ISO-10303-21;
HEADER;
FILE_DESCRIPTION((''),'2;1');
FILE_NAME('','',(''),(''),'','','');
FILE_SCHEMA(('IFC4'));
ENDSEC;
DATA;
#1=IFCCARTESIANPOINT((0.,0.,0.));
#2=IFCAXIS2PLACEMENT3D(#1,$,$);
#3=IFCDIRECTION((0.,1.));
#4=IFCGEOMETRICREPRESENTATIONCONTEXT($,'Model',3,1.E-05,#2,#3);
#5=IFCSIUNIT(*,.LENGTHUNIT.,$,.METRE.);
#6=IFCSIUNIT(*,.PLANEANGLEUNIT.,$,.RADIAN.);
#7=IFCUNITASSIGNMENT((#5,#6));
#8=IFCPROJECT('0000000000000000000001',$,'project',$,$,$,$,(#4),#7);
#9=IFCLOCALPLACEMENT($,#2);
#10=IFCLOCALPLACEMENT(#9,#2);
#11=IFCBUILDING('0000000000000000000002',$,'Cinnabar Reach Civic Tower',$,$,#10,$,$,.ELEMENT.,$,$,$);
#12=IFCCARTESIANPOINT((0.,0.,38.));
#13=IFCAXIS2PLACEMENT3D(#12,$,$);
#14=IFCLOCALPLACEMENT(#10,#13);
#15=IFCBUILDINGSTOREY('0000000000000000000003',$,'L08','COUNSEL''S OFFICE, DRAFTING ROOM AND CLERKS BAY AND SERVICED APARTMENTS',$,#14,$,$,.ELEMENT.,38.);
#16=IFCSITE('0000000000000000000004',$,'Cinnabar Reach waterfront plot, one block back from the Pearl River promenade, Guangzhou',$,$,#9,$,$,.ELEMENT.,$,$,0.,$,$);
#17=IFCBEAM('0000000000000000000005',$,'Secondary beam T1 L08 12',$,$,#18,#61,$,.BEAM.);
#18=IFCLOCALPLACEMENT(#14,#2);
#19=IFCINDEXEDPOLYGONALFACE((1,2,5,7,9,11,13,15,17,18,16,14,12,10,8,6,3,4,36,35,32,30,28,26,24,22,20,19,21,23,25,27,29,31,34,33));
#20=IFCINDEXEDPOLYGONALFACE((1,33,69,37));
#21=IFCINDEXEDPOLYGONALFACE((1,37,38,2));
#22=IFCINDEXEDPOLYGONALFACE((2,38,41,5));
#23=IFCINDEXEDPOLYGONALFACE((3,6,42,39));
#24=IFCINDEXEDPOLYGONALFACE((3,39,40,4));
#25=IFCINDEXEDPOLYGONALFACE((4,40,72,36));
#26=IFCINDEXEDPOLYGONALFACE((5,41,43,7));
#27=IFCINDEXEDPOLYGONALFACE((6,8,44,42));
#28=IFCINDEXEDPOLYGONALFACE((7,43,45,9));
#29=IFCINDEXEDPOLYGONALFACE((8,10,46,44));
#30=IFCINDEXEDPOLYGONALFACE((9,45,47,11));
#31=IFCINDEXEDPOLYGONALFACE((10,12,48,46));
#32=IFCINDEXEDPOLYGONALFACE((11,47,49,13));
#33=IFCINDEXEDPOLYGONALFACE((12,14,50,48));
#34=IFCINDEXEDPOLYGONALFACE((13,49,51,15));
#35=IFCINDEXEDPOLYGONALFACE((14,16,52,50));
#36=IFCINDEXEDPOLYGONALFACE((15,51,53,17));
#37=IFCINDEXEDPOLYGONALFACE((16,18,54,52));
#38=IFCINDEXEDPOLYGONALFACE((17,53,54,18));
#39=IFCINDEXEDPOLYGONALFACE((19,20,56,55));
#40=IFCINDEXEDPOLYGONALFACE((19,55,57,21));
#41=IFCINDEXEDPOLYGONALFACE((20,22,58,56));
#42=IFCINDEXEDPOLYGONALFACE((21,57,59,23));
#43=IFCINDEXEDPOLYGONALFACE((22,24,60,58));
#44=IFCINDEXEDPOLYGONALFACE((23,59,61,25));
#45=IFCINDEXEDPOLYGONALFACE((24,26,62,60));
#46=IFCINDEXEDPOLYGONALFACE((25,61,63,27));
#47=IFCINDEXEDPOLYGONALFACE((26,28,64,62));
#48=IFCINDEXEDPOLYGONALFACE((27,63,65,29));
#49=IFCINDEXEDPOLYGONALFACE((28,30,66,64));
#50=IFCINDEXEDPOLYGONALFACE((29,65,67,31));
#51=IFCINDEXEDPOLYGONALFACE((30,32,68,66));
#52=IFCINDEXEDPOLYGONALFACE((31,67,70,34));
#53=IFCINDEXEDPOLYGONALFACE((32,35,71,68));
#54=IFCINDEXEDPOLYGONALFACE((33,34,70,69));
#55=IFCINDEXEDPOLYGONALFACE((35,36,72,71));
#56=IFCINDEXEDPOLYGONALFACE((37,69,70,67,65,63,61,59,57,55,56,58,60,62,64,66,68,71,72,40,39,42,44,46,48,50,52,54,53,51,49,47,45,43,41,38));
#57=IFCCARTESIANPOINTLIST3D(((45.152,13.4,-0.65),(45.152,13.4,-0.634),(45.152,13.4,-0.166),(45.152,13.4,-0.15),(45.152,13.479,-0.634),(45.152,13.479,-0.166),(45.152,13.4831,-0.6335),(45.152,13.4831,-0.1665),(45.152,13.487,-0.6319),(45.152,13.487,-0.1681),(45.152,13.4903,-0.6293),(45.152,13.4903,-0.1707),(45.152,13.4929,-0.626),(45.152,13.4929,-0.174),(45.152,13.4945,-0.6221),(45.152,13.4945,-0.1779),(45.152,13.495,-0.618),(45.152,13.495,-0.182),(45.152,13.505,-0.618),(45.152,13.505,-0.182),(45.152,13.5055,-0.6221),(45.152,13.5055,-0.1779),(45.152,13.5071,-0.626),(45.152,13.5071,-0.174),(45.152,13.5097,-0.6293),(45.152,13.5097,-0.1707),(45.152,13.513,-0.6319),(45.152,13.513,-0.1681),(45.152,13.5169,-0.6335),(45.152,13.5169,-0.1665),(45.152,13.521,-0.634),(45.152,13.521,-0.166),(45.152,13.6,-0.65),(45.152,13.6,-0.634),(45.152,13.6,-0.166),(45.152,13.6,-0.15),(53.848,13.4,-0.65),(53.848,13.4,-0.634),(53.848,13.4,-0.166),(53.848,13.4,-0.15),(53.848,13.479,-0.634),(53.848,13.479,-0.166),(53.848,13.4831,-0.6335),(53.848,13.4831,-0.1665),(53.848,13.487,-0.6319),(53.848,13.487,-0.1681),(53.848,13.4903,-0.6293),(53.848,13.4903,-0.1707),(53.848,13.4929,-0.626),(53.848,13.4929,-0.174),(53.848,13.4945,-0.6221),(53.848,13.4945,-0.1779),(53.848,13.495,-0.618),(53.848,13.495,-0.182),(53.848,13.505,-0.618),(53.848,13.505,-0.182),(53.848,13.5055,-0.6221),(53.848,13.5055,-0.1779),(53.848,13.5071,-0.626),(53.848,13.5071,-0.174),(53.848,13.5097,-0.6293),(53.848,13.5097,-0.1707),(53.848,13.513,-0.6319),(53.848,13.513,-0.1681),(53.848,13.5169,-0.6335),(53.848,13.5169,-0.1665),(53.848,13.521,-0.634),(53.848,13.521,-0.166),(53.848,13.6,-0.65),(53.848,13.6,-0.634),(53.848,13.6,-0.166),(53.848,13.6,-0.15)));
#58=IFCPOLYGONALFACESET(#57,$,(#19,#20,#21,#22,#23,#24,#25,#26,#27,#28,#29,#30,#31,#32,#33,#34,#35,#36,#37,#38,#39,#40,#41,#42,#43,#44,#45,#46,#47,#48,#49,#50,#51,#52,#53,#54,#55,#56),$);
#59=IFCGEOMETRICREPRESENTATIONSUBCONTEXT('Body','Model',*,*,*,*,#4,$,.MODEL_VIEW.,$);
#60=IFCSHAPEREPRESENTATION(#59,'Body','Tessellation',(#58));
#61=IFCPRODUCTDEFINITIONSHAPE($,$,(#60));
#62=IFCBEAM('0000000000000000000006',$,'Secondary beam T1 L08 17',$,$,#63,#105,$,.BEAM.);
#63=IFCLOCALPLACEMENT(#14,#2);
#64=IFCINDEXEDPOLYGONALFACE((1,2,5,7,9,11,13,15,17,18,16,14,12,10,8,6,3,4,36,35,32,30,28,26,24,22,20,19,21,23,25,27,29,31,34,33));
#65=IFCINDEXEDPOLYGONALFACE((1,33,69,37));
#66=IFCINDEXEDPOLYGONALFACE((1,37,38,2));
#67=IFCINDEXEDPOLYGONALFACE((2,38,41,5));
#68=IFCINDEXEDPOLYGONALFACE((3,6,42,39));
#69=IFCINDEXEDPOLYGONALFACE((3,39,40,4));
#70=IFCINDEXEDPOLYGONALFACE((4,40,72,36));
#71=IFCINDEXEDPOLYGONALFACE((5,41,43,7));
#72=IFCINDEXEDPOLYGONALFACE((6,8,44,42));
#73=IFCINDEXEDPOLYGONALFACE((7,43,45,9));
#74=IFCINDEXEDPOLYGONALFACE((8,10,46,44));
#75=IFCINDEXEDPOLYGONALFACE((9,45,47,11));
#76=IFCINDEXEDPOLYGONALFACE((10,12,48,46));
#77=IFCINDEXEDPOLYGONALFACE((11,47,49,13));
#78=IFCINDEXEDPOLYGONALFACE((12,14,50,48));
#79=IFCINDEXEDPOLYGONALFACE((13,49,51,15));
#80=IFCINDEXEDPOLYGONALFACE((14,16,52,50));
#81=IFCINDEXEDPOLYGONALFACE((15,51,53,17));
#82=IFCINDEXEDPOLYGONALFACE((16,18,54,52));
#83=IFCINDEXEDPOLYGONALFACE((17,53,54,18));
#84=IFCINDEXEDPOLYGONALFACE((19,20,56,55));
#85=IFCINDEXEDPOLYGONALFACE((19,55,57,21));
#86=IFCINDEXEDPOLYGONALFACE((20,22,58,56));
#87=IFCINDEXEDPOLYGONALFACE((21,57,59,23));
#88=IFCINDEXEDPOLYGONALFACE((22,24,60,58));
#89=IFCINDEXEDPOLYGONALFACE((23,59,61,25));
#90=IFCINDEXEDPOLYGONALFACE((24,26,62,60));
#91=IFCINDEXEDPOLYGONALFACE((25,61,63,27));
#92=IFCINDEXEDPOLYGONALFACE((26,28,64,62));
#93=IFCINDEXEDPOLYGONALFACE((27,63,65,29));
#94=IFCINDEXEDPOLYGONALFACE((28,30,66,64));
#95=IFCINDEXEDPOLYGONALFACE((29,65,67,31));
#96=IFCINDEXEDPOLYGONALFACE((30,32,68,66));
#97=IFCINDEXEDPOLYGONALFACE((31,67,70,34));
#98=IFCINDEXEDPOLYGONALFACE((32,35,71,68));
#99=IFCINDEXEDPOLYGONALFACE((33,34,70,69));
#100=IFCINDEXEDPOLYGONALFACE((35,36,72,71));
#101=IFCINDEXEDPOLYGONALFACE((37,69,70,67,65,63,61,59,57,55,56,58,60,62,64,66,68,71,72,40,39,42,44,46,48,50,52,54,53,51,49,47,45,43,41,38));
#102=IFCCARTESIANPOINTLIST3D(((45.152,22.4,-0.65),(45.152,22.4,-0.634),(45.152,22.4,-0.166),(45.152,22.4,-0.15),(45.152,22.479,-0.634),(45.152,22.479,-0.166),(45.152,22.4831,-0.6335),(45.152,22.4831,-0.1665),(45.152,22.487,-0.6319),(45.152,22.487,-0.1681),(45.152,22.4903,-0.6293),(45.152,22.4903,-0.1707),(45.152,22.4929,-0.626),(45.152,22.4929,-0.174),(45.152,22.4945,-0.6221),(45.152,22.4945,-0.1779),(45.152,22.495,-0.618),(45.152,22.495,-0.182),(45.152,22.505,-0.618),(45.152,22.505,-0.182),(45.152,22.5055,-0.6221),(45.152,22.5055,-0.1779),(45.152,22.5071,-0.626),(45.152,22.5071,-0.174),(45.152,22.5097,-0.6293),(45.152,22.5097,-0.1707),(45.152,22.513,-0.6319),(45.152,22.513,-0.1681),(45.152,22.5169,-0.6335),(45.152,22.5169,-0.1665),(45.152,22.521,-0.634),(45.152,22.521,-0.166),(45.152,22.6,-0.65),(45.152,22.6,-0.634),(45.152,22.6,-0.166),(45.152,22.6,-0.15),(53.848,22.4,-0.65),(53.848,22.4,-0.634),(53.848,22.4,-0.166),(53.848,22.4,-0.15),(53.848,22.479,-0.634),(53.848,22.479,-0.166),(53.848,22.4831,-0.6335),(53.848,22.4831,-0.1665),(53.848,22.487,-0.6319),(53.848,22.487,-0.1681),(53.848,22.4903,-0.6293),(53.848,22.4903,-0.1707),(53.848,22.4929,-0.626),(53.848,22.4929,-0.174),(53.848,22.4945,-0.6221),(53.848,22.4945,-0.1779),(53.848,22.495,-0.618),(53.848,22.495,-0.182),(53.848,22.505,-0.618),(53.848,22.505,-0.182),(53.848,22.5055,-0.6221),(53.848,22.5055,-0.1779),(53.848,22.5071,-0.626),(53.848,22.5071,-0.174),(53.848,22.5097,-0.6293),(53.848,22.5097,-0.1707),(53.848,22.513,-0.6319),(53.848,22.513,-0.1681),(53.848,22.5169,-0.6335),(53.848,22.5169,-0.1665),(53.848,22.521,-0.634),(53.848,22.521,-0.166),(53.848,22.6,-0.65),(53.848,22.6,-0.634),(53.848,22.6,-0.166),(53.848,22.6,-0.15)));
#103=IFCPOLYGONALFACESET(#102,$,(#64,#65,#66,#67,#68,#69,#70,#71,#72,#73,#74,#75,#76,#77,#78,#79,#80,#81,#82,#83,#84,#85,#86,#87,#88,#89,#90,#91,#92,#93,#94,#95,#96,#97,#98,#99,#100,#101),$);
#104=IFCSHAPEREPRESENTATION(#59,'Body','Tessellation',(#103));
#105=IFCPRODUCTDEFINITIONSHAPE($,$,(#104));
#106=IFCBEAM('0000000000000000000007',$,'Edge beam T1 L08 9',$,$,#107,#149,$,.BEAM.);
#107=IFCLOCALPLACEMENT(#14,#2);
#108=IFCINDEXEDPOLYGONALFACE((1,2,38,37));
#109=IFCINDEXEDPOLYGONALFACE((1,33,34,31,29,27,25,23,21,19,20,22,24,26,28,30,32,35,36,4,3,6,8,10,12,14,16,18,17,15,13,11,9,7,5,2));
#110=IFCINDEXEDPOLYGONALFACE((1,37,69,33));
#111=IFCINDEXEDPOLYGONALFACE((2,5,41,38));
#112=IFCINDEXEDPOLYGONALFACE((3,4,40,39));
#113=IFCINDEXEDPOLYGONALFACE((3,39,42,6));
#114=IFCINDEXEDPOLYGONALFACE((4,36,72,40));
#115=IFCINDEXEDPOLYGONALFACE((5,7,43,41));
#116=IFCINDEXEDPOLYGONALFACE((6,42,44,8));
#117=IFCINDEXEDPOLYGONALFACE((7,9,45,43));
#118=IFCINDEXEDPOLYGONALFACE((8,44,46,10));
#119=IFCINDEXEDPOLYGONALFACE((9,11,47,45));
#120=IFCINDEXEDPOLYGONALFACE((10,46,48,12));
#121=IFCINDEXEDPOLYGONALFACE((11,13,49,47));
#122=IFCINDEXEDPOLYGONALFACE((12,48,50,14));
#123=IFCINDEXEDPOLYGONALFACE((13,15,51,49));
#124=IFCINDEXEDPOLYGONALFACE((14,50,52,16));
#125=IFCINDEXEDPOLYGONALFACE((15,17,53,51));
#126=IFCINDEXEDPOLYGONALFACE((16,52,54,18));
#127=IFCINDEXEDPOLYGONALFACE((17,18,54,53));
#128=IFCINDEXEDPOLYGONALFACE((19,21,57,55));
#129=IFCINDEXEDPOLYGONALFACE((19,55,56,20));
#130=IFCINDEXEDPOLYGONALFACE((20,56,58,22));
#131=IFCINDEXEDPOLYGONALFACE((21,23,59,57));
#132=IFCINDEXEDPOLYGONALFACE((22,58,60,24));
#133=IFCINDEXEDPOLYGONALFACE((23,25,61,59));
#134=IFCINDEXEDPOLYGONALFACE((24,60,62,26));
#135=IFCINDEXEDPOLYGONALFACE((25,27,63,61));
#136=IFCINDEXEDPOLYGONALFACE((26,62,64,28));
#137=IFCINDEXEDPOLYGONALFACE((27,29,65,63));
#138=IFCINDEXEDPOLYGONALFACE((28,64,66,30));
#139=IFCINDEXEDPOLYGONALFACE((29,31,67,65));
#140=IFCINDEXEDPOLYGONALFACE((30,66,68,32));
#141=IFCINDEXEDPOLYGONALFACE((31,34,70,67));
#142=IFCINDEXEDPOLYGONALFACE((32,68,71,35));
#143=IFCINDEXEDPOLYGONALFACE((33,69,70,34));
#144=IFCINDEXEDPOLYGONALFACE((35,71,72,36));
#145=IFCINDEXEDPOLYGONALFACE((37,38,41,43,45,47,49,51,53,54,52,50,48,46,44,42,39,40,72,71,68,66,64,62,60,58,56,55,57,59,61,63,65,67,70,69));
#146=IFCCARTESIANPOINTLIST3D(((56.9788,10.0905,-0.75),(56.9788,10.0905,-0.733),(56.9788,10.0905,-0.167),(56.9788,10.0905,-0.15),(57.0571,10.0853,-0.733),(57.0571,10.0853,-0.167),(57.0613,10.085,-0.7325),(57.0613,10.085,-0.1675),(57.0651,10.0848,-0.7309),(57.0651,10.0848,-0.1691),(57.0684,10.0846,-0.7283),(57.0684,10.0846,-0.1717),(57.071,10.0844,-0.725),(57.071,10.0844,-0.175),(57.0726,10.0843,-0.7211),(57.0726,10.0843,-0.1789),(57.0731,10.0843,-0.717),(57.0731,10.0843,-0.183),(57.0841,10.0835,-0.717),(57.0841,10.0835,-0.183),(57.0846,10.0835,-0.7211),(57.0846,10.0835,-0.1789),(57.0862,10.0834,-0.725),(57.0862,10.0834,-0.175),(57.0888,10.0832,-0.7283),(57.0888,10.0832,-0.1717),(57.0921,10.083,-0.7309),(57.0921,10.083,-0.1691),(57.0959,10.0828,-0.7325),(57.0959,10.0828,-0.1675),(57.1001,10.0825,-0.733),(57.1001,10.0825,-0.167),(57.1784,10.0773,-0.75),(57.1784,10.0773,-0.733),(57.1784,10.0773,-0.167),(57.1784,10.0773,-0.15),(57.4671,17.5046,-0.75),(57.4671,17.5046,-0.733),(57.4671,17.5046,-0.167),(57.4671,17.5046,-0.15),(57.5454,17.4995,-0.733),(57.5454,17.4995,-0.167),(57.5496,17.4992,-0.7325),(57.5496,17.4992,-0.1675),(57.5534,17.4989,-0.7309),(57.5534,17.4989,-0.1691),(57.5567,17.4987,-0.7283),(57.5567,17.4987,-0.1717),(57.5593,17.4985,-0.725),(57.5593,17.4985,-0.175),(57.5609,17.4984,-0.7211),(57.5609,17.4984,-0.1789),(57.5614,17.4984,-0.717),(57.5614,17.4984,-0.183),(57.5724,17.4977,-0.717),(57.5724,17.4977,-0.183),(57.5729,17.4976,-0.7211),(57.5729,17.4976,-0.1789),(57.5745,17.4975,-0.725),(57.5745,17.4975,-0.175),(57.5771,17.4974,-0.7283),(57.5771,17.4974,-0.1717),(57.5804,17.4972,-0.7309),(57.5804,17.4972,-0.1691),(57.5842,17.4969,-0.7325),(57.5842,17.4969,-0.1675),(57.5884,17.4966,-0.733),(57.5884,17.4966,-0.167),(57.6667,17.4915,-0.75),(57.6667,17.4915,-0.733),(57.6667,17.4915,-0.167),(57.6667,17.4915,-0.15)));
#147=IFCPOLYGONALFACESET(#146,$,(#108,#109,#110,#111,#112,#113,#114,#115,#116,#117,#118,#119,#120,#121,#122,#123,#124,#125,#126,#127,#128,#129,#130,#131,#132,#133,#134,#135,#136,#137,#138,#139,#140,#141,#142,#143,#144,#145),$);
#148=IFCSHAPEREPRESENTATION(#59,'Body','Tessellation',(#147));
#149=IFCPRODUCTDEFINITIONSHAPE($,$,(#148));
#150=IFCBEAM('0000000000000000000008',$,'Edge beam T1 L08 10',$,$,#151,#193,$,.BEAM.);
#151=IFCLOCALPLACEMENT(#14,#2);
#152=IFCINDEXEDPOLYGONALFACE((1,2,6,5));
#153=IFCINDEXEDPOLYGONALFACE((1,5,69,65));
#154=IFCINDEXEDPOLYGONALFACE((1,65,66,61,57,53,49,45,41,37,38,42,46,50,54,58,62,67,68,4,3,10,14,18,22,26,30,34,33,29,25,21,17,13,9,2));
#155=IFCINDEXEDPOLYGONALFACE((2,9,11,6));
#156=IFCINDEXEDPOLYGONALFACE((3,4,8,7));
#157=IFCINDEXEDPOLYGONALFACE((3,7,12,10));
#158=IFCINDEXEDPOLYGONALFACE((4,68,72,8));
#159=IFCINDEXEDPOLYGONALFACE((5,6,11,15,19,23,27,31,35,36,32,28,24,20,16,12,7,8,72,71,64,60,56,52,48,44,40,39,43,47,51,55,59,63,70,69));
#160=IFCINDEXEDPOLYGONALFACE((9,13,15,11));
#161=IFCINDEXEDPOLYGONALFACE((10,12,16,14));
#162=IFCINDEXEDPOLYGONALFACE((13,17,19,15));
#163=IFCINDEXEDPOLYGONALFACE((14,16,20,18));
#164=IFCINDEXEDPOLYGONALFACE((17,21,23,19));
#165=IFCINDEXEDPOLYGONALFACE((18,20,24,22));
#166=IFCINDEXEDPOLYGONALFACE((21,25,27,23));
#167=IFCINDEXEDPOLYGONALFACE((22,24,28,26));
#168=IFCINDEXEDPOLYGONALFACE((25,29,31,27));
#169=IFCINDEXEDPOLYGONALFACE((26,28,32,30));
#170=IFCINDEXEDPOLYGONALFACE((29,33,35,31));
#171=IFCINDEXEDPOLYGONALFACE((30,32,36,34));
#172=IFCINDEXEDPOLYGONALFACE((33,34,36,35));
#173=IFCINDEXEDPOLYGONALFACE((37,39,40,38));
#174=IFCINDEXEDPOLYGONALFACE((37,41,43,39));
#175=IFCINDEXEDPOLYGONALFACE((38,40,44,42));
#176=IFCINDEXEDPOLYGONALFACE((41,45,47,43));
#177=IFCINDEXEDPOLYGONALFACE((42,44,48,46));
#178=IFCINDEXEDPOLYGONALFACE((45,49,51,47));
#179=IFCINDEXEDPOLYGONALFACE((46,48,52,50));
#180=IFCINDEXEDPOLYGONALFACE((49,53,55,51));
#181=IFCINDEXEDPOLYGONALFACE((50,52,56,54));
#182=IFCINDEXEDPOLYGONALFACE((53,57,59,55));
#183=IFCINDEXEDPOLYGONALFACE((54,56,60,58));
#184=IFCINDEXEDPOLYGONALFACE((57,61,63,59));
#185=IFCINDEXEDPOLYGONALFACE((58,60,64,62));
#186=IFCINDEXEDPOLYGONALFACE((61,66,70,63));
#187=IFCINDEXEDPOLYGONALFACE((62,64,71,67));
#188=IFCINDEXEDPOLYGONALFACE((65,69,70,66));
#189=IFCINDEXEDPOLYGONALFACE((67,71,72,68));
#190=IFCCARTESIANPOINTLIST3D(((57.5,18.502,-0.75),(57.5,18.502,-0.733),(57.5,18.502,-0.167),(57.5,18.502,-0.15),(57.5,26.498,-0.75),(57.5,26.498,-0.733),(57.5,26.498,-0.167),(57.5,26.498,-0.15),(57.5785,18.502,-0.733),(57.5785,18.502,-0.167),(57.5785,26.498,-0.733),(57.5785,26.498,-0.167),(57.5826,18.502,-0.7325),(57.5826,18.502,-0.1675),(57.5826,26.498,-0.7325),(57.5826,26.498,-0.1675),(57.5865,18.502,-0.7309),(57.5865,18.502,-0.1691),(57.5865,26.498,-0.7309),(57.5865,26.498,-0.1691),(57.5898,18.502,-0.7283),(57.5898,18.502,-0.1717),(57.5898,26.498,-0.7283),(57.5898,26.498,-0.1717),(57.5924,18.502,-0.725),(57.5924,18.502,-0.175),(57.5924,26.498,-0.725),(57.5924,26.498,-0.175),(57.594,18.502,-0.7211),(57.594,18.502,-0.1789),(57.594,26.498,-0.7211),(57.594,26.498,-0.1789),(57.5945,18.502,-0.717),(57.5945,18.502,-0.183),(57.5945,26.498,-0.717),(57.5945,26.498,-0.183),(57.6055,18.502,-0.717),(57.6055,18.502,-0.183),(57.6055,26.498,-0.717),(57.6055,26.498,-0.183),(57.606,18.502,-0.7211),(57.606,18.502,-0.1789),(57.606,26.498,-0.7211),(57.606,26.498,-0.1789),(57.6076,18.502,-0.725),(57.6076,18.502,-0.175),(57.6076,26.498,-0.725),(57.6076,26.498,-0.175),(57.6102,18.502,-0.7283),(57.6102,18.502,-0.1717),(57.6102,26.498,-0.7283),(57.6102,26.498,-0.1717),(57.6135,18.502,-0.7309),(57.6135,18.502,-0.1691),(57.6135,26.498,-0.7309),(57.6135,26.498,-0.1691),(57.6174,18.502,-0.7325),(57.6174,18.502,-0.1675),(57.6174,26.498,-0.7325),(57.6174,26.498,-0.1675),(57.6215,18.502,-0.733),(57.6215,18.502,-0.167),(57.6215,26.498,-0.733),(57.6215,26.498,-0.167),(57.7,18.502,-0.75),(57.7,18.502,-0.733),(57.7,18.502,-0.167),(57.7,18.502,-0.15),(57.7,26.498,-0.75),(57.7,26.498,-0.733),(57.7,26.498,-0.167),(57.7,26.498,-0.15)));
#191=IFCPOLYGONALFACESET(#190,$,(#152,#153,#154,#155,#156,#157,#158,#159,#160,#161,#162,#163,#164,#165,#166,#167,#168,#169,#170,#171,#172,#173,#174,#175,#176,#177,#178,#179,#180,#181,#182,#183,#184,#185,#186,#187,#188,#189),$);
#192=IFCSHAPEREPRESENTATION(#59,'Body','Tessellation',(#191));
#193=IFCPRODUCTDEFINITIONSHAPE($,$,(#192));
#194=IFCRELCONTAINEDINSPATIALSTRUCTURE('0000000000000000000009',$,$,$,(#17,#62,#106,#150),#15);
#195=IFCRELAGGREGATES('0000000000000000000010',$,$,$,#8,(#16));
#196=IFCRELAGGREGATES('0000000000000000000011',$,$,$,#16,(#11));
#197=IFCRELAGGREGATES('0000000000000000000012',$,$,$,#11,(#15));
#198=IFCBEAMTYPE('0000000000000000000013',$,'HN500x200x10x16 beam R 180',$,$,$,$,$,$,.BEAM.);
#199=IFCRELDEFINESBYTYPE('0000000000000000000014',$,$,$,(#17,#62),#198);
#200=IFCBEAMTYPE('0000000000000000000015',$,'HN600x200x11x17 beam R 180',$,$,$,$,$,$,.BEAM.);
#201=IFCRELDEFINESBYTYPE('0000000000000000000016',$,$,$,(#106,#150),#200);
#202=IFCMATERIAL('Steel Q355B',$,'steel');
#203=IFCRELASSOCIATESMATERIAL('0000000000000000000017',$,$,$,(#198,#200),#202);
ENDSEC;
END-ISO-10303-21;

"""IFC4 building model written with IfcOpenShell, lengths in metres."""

from ifc_helpers import new_model, si_unit, direction, frame, origin, origin_2d, place, context, subcontext, project, spatial, i_section, extrude, material, material_profile, profile_set, type_object, element, save


model = new_model("IFC4")

# Units and contexts
model_context = context("Model", 3, precision=1e-05, world=origin(), true_north=direction((0.0, 1.0)))
body_context = subcontext(model_context, "Body", "Model", "MODEL_VIEW")
ifc_project = project(units=[si_unit("LENGTHUNIT", "METRE"), si_unit("PLANEANGLEUNIT", "RADIAN")], contexts=[model_context])

# Site, building, storey
site_placement = place(None, origin())
site = spatial("IfcSite", under=ifc_project, at=site_placement, Name="Cinnabar Reach waterfront plot, one block back from the Pearl River promenade, Guangzhou", CompositionType="ELEMENT", RefElevation=0.0)
building_placement = place(site_placement, origin())
building = spatial("IfcBuilding", under=site, at=building_placement, Name="Cinnabar Reach Civic Tower", CompositionType="ELEMENT")
storey_placement = place(building_placement, frame((0.0, 0.0, 38.0)))
storey = spatial("IfcBuildingStorey", under=building, at=storey_placement, Name="L08", Description="COUNSEL'S OFFICE, DRAFTING ROOM AND CLERKS BAY AND SERVICED APARTMENTS", CompositionType="ELEMENT", Elevation=38.0)

# Beams
ifc_material_1 = material(Name="Steel Q355B", Category="steel")
ifc_material_profile_1 = material_profile(ifc_material_1, i_section(OverallWidth=0.2, OverallDepth=0.5, WebThickness=0.01, FlangeThickness=0.016, FilletRadius=0.016, at=origin_2d()), Name="HN500x200x10x16")
ifc_profile_set_1 = profile_set([ifc_material_profile_1], Name="Steel Q355B")
beam_type_1 = type_object("IfcBeamType", Name="HN500x200x10x16 beam R 180", PredefinedType="BEAM", material=ifc_profile_set_1)
for number, where, z_axis, x_axis, name in (
    (1, (45.152, 13.5, -0.4), (1.0, 0.0, 0.0), (0.0, 1.0, 0.0), "Secondary beam T1 L08 12"),
    (2, (45.152, 22.5, -0.4), (1.0, 0.0, 0.0), (0.0, 1.0, 0.0), "Secondary beam T1 L08 17"),
):
    element("IfcBeam", number, at=place(storey_placement, frame(where, z_axis=z_axis, x_axis=x_axis)), inside=storey, type_object=beam_type_1, Name=name, PredefinedType="BEAM", context=body_context, shape_type="SweptSolid", body=[
        extrude(i_section(OverallWidth=0.2, OverallDepth=0.5, WebThickness=0.01, FlangeThickness=0.016, FilletRadius=0.016, at=origin_2d()), origin(), (0.0, 0.0, 1.0), 8.696),
    ])
ifc_material_profile_2 = material_profile(ifc_material_1, i_section(OverallWidth=0.2, OverallDepth=0.6, WebThickness=0.011, FlangeThickness=0.017, FilletRadius=0.016, at=origin_2d()), Name="HN600x200x11x17")
ifc_profile_set_2 = profile_set([ifc_material_profile_2], Name="Steel Q355B")
beam_type_2 = type_object("IfcBeamType", Name="HN600x200x11x17 beam R 180", PredefinedType="BEAM", material=ifc_profile_set_2)
beam_1_placement = place(storey_placement, frame((57.0786, 10.0839, -0.45), z_axis=(0.065719, 0.997838, 0.0), x_axis=(-0.997838, 0.065719, 0.0)))
element("IfcBeam", 3, at=beam_1_placement, inside=storey, type_object=beam_type_2, Name="Edge beam T1 L08 9", PredefinedType="BEAM", context=body_context, shape_type="SweptSolid", body=[
    extrude(i_section(OverallWidth=0.2, OverallDepth=0.6, WebThickness=0.011, FlangeThickness=0.017, FilletRadius=0.016, at=origin_2d()), origin(), (0.0, 0.0, 1.0), 7.4302),
])
beam_2_placement = place(storey_placement, frame((57.6, 18.502, -0.45), z_axis=(0.0, 1.0, 0.0), x_axis=(-1.0, 0.0, 0.0)))
element("IfcBeam", 4, at=beam_2_placement, inside=storey, type_object=beam_type_2, Name="Edge beam T1 L08 10", PredefinedType="BEAM", context=body_context, shape_type="SweptSolid", body=[
    extrude(i_section(OverallWidth=0.2, OverallDepth=0.6, WebThickness=0.011, FlangeThickness=0.017, FilletRadius=0.016, at=origin_2d()), origin(), (0.0, 0.0, 1.0), 7.996),
])

save(model, "model.ifc")
